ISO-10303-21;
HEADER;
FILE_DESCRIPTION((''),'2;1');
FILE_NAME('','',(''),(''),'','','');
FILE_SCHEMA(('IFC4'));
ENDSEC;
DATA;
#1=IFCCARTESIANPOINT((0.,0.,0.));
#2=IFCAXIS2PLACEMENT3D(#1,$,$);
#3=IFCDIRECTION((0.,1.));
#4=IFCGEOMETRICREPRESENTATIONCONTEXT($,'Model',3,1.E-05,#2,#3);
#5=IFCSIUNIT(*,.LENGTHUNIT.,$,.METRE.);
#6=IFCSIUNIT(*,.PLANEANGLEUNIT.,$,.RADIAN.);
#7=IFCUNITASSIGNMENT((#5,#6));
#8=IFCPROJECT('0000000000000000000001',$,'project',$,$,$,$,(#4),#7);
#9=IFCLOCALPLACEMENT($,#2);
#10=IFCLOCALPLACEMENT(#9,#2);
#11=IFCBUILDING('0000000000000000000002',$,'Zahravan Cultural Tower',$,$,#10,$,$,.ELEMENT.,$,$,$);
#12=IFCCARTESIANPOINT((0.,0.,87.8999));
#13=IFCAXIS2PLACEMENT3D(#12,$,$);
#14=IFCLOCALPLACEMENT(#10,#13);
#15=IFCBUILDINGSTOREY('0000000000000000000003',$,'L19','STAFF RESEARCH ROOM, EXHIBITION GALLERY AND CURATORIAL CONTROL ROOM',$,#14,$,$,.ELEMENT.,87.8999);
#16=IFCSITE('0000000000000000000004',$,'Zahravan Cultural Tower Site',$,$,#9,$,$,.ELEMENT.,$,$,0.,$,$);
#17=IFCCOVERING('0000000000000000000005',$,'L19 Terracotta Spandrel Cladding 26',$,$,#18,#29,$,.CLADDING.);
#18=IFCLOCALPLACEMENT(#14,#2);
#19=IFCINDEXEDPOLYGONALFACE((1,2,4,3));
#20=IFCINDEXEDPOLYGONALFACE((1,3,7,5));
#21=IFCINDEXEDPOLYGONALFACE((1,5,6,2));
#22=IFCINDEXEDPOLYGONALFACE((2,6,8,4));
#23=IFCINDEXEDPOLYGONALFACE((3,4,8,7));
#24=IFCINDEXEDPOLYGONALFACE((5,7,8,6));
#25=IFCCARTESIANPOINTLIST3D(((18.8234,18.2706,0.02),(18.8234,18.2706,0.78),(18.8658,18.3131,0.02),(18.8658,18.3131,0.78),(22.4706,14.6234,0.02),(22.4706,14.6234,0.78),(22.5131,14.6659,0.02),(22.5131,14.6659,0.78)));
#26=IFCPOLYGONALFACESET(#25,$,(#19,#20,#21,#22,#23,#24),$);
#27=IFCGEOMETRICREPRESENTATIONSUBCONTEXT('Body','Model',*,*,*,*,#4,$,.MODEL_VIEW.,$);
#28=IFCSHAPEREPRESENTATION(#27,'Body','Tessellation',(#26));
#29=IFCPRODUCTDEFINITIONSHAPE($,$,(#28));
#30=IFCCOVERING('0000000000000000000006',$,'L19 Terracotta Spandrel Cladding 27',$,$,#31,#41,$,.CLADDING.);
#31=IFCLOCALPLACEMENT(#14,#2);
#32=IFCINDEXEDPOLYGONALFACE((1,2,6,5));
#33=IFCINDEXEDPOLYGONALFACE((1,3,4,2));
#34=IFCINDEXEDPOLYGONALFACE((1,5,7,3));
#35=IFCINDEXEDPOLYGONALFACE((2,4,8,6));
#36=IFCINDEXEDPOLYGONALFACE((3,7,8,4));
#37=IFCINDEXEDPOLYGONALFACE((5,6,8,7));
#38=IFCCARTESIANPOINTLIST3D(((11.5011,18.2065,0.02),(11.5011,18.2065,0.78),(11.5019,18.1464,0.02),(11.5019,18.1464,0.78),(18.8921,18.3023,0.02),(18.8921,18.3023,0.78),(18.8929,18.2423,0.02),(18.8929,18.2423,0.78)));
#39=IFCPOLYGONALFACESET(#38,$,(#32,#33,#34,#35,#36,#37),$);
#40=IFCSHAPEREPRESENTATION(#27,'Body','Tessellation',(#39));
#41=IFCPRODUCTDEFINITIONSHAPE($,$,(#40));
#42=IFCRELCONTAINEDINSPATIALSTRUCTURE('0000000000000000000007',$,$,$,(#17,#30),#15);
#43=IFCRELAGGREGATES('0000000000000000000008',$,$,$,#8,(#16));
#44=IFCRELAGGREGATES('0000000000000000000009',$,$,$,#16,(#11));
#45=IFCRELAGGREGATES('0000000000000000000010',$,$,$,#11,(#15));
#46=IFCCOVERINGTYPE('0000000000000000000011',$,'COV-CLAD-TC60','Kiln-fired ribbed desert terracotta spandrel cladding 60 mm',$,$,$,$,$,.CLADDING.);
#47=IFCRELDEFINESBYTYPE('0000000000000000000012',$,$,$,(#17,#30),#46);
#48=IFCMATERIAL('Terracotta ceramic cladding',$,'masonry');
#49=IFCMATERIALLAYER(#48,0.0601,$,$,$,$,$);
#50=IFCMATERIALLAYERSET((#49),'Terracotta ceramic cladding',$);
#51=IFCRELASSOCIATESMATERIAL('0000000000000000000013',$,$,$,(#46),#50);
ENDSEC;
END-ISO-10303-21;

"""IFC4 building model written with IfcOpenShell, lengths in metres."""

from ifc_helpers import new_model, si_unit, direction, frame, origin, origin_2d, place, context, subcontext, project, spatial, rectangle, extrude, source, transform, mapped, material, layer, layer_set, type_object, element, save


model = new_model("IFC4")

# Units and contexts
model_context = context("Model", 3, precision=1e-05, world=origin(), true_north=direction((0.0, 1.0)))
body_context = subcontext(model_context, "Body", "Model", "MODEL_VIEW")
ifc_project = project(units=[si_unit("LENGTHUNIT", "METRE"), si_unit("PLANEANGLEUNIT", "RADIAN")], contexts=[model_context])

# Site, building, storey
site_placement = place(None, origin())
site = spatial("IfcSite", under=ifc_project, at=site_placement, Name="Zahravan Cultural Tower Site", CompositionType="ELEMENT", RefElevation=0.0)
building_placement = place(site_placement, origin())
building = spatial("IfcBuilding", under=site, at=building_placement, Name="Zahravan Cultural Tower", CompositionType="ELEMENT")
storey_placement = place(building_placement, frame((0.0, 0.0, 87.8999)))
storey = spatial("IfcBuildingStorey", under=building, at=storey_placement, Name="L19", Description="STAFF RESEARCH ROOM, EXHIBITION GALLERY AND CURATORIAL CONTROL ROOM", CompositionType="ELEMENT", Elevation=87.8999)

# Coverings
ifc_material_1 = material(Name="Terracotta ceramic cladding", Category="masonry")
ifc_layer_1 = layer(ifc_material_1, 0.0601)
ifc_layer_set_1 = layer_set([ifc_layer_1], Name="Terracotta ceramic cladding")
covering_type_1 = type_object("IfcCoveringType", Name="COV-CLAD-TC60", Description="Kiln-fired ribbed desert terracotta spandrel cladding 60 mm", PredefinedType="CLADDING", material=ifc_layer_set_1)
shared_shape_1 = source(origin(), body_context, "Body", "SweptSolid", [
    extrude(rectangle(XDim=5.158, YDim=0.0601, at=origin_2d()), origin(), (0.0, 0.0, 1.0), 0.76),
])
covering_1_placement = place(storey_placement, frame((20.6682, 16.4683, 0.02), z_axis=(0.0, 0.0, 1.0), x_axis=(-0.707107, 0.707107, 0.0)))
element("IfcCovering", 1, at=covering_1_placement, inside=storey, type_object=covering_type_1, Name="L19 Terracotta Spandrel Cladding 26", PredefinedType="CLADDING", context=body_context, shape_type="MappedRepresentation", body=[
    mapped(shared_shape_1, transform((0.0, 0.0, 0.0), x_axis=(1.0, 0.0, 0.0), y_axis=(0.0, 1.0, 0.0), z_axis=(0.0, 0.0, 1.0), scale=1.0)),
])
shared_shape_2 = source(origin(), body_context, "Body", "SweptSolid", [
    extrude(rectangle(XDim=7.3916, YDim=0.0601, at=origin_2d()), origin(), (0.0, 0.0, 1.0), 0.76),
])
covering_2_placement = place(storey_placement, frame((15.197, 18.2244, 0.02), z_axis=(0.0, 0.0, 1.0), x_axis=(-0.999916, -0.012967, 0.0)))
element("IfcCovering", 2, at=covering_2_placement, inside=storey, type_object=covering_type_1, Name="L19 Terracotta Spandrel Cladding 27", PredefinedType="CLADDING", context=body_context, shape_type="MappedRepresentation", body=[
    mapped(shared_shape_2, transform((0.0, 0.0, 0.0), x_axis=(1.0, 0.0, 0.0), y_axis=(0.0, 1.0, 0.0), z_axis=(0.0, 0.0, 1.0), scale=1.0)),
])

save(model, "model.ifc")
